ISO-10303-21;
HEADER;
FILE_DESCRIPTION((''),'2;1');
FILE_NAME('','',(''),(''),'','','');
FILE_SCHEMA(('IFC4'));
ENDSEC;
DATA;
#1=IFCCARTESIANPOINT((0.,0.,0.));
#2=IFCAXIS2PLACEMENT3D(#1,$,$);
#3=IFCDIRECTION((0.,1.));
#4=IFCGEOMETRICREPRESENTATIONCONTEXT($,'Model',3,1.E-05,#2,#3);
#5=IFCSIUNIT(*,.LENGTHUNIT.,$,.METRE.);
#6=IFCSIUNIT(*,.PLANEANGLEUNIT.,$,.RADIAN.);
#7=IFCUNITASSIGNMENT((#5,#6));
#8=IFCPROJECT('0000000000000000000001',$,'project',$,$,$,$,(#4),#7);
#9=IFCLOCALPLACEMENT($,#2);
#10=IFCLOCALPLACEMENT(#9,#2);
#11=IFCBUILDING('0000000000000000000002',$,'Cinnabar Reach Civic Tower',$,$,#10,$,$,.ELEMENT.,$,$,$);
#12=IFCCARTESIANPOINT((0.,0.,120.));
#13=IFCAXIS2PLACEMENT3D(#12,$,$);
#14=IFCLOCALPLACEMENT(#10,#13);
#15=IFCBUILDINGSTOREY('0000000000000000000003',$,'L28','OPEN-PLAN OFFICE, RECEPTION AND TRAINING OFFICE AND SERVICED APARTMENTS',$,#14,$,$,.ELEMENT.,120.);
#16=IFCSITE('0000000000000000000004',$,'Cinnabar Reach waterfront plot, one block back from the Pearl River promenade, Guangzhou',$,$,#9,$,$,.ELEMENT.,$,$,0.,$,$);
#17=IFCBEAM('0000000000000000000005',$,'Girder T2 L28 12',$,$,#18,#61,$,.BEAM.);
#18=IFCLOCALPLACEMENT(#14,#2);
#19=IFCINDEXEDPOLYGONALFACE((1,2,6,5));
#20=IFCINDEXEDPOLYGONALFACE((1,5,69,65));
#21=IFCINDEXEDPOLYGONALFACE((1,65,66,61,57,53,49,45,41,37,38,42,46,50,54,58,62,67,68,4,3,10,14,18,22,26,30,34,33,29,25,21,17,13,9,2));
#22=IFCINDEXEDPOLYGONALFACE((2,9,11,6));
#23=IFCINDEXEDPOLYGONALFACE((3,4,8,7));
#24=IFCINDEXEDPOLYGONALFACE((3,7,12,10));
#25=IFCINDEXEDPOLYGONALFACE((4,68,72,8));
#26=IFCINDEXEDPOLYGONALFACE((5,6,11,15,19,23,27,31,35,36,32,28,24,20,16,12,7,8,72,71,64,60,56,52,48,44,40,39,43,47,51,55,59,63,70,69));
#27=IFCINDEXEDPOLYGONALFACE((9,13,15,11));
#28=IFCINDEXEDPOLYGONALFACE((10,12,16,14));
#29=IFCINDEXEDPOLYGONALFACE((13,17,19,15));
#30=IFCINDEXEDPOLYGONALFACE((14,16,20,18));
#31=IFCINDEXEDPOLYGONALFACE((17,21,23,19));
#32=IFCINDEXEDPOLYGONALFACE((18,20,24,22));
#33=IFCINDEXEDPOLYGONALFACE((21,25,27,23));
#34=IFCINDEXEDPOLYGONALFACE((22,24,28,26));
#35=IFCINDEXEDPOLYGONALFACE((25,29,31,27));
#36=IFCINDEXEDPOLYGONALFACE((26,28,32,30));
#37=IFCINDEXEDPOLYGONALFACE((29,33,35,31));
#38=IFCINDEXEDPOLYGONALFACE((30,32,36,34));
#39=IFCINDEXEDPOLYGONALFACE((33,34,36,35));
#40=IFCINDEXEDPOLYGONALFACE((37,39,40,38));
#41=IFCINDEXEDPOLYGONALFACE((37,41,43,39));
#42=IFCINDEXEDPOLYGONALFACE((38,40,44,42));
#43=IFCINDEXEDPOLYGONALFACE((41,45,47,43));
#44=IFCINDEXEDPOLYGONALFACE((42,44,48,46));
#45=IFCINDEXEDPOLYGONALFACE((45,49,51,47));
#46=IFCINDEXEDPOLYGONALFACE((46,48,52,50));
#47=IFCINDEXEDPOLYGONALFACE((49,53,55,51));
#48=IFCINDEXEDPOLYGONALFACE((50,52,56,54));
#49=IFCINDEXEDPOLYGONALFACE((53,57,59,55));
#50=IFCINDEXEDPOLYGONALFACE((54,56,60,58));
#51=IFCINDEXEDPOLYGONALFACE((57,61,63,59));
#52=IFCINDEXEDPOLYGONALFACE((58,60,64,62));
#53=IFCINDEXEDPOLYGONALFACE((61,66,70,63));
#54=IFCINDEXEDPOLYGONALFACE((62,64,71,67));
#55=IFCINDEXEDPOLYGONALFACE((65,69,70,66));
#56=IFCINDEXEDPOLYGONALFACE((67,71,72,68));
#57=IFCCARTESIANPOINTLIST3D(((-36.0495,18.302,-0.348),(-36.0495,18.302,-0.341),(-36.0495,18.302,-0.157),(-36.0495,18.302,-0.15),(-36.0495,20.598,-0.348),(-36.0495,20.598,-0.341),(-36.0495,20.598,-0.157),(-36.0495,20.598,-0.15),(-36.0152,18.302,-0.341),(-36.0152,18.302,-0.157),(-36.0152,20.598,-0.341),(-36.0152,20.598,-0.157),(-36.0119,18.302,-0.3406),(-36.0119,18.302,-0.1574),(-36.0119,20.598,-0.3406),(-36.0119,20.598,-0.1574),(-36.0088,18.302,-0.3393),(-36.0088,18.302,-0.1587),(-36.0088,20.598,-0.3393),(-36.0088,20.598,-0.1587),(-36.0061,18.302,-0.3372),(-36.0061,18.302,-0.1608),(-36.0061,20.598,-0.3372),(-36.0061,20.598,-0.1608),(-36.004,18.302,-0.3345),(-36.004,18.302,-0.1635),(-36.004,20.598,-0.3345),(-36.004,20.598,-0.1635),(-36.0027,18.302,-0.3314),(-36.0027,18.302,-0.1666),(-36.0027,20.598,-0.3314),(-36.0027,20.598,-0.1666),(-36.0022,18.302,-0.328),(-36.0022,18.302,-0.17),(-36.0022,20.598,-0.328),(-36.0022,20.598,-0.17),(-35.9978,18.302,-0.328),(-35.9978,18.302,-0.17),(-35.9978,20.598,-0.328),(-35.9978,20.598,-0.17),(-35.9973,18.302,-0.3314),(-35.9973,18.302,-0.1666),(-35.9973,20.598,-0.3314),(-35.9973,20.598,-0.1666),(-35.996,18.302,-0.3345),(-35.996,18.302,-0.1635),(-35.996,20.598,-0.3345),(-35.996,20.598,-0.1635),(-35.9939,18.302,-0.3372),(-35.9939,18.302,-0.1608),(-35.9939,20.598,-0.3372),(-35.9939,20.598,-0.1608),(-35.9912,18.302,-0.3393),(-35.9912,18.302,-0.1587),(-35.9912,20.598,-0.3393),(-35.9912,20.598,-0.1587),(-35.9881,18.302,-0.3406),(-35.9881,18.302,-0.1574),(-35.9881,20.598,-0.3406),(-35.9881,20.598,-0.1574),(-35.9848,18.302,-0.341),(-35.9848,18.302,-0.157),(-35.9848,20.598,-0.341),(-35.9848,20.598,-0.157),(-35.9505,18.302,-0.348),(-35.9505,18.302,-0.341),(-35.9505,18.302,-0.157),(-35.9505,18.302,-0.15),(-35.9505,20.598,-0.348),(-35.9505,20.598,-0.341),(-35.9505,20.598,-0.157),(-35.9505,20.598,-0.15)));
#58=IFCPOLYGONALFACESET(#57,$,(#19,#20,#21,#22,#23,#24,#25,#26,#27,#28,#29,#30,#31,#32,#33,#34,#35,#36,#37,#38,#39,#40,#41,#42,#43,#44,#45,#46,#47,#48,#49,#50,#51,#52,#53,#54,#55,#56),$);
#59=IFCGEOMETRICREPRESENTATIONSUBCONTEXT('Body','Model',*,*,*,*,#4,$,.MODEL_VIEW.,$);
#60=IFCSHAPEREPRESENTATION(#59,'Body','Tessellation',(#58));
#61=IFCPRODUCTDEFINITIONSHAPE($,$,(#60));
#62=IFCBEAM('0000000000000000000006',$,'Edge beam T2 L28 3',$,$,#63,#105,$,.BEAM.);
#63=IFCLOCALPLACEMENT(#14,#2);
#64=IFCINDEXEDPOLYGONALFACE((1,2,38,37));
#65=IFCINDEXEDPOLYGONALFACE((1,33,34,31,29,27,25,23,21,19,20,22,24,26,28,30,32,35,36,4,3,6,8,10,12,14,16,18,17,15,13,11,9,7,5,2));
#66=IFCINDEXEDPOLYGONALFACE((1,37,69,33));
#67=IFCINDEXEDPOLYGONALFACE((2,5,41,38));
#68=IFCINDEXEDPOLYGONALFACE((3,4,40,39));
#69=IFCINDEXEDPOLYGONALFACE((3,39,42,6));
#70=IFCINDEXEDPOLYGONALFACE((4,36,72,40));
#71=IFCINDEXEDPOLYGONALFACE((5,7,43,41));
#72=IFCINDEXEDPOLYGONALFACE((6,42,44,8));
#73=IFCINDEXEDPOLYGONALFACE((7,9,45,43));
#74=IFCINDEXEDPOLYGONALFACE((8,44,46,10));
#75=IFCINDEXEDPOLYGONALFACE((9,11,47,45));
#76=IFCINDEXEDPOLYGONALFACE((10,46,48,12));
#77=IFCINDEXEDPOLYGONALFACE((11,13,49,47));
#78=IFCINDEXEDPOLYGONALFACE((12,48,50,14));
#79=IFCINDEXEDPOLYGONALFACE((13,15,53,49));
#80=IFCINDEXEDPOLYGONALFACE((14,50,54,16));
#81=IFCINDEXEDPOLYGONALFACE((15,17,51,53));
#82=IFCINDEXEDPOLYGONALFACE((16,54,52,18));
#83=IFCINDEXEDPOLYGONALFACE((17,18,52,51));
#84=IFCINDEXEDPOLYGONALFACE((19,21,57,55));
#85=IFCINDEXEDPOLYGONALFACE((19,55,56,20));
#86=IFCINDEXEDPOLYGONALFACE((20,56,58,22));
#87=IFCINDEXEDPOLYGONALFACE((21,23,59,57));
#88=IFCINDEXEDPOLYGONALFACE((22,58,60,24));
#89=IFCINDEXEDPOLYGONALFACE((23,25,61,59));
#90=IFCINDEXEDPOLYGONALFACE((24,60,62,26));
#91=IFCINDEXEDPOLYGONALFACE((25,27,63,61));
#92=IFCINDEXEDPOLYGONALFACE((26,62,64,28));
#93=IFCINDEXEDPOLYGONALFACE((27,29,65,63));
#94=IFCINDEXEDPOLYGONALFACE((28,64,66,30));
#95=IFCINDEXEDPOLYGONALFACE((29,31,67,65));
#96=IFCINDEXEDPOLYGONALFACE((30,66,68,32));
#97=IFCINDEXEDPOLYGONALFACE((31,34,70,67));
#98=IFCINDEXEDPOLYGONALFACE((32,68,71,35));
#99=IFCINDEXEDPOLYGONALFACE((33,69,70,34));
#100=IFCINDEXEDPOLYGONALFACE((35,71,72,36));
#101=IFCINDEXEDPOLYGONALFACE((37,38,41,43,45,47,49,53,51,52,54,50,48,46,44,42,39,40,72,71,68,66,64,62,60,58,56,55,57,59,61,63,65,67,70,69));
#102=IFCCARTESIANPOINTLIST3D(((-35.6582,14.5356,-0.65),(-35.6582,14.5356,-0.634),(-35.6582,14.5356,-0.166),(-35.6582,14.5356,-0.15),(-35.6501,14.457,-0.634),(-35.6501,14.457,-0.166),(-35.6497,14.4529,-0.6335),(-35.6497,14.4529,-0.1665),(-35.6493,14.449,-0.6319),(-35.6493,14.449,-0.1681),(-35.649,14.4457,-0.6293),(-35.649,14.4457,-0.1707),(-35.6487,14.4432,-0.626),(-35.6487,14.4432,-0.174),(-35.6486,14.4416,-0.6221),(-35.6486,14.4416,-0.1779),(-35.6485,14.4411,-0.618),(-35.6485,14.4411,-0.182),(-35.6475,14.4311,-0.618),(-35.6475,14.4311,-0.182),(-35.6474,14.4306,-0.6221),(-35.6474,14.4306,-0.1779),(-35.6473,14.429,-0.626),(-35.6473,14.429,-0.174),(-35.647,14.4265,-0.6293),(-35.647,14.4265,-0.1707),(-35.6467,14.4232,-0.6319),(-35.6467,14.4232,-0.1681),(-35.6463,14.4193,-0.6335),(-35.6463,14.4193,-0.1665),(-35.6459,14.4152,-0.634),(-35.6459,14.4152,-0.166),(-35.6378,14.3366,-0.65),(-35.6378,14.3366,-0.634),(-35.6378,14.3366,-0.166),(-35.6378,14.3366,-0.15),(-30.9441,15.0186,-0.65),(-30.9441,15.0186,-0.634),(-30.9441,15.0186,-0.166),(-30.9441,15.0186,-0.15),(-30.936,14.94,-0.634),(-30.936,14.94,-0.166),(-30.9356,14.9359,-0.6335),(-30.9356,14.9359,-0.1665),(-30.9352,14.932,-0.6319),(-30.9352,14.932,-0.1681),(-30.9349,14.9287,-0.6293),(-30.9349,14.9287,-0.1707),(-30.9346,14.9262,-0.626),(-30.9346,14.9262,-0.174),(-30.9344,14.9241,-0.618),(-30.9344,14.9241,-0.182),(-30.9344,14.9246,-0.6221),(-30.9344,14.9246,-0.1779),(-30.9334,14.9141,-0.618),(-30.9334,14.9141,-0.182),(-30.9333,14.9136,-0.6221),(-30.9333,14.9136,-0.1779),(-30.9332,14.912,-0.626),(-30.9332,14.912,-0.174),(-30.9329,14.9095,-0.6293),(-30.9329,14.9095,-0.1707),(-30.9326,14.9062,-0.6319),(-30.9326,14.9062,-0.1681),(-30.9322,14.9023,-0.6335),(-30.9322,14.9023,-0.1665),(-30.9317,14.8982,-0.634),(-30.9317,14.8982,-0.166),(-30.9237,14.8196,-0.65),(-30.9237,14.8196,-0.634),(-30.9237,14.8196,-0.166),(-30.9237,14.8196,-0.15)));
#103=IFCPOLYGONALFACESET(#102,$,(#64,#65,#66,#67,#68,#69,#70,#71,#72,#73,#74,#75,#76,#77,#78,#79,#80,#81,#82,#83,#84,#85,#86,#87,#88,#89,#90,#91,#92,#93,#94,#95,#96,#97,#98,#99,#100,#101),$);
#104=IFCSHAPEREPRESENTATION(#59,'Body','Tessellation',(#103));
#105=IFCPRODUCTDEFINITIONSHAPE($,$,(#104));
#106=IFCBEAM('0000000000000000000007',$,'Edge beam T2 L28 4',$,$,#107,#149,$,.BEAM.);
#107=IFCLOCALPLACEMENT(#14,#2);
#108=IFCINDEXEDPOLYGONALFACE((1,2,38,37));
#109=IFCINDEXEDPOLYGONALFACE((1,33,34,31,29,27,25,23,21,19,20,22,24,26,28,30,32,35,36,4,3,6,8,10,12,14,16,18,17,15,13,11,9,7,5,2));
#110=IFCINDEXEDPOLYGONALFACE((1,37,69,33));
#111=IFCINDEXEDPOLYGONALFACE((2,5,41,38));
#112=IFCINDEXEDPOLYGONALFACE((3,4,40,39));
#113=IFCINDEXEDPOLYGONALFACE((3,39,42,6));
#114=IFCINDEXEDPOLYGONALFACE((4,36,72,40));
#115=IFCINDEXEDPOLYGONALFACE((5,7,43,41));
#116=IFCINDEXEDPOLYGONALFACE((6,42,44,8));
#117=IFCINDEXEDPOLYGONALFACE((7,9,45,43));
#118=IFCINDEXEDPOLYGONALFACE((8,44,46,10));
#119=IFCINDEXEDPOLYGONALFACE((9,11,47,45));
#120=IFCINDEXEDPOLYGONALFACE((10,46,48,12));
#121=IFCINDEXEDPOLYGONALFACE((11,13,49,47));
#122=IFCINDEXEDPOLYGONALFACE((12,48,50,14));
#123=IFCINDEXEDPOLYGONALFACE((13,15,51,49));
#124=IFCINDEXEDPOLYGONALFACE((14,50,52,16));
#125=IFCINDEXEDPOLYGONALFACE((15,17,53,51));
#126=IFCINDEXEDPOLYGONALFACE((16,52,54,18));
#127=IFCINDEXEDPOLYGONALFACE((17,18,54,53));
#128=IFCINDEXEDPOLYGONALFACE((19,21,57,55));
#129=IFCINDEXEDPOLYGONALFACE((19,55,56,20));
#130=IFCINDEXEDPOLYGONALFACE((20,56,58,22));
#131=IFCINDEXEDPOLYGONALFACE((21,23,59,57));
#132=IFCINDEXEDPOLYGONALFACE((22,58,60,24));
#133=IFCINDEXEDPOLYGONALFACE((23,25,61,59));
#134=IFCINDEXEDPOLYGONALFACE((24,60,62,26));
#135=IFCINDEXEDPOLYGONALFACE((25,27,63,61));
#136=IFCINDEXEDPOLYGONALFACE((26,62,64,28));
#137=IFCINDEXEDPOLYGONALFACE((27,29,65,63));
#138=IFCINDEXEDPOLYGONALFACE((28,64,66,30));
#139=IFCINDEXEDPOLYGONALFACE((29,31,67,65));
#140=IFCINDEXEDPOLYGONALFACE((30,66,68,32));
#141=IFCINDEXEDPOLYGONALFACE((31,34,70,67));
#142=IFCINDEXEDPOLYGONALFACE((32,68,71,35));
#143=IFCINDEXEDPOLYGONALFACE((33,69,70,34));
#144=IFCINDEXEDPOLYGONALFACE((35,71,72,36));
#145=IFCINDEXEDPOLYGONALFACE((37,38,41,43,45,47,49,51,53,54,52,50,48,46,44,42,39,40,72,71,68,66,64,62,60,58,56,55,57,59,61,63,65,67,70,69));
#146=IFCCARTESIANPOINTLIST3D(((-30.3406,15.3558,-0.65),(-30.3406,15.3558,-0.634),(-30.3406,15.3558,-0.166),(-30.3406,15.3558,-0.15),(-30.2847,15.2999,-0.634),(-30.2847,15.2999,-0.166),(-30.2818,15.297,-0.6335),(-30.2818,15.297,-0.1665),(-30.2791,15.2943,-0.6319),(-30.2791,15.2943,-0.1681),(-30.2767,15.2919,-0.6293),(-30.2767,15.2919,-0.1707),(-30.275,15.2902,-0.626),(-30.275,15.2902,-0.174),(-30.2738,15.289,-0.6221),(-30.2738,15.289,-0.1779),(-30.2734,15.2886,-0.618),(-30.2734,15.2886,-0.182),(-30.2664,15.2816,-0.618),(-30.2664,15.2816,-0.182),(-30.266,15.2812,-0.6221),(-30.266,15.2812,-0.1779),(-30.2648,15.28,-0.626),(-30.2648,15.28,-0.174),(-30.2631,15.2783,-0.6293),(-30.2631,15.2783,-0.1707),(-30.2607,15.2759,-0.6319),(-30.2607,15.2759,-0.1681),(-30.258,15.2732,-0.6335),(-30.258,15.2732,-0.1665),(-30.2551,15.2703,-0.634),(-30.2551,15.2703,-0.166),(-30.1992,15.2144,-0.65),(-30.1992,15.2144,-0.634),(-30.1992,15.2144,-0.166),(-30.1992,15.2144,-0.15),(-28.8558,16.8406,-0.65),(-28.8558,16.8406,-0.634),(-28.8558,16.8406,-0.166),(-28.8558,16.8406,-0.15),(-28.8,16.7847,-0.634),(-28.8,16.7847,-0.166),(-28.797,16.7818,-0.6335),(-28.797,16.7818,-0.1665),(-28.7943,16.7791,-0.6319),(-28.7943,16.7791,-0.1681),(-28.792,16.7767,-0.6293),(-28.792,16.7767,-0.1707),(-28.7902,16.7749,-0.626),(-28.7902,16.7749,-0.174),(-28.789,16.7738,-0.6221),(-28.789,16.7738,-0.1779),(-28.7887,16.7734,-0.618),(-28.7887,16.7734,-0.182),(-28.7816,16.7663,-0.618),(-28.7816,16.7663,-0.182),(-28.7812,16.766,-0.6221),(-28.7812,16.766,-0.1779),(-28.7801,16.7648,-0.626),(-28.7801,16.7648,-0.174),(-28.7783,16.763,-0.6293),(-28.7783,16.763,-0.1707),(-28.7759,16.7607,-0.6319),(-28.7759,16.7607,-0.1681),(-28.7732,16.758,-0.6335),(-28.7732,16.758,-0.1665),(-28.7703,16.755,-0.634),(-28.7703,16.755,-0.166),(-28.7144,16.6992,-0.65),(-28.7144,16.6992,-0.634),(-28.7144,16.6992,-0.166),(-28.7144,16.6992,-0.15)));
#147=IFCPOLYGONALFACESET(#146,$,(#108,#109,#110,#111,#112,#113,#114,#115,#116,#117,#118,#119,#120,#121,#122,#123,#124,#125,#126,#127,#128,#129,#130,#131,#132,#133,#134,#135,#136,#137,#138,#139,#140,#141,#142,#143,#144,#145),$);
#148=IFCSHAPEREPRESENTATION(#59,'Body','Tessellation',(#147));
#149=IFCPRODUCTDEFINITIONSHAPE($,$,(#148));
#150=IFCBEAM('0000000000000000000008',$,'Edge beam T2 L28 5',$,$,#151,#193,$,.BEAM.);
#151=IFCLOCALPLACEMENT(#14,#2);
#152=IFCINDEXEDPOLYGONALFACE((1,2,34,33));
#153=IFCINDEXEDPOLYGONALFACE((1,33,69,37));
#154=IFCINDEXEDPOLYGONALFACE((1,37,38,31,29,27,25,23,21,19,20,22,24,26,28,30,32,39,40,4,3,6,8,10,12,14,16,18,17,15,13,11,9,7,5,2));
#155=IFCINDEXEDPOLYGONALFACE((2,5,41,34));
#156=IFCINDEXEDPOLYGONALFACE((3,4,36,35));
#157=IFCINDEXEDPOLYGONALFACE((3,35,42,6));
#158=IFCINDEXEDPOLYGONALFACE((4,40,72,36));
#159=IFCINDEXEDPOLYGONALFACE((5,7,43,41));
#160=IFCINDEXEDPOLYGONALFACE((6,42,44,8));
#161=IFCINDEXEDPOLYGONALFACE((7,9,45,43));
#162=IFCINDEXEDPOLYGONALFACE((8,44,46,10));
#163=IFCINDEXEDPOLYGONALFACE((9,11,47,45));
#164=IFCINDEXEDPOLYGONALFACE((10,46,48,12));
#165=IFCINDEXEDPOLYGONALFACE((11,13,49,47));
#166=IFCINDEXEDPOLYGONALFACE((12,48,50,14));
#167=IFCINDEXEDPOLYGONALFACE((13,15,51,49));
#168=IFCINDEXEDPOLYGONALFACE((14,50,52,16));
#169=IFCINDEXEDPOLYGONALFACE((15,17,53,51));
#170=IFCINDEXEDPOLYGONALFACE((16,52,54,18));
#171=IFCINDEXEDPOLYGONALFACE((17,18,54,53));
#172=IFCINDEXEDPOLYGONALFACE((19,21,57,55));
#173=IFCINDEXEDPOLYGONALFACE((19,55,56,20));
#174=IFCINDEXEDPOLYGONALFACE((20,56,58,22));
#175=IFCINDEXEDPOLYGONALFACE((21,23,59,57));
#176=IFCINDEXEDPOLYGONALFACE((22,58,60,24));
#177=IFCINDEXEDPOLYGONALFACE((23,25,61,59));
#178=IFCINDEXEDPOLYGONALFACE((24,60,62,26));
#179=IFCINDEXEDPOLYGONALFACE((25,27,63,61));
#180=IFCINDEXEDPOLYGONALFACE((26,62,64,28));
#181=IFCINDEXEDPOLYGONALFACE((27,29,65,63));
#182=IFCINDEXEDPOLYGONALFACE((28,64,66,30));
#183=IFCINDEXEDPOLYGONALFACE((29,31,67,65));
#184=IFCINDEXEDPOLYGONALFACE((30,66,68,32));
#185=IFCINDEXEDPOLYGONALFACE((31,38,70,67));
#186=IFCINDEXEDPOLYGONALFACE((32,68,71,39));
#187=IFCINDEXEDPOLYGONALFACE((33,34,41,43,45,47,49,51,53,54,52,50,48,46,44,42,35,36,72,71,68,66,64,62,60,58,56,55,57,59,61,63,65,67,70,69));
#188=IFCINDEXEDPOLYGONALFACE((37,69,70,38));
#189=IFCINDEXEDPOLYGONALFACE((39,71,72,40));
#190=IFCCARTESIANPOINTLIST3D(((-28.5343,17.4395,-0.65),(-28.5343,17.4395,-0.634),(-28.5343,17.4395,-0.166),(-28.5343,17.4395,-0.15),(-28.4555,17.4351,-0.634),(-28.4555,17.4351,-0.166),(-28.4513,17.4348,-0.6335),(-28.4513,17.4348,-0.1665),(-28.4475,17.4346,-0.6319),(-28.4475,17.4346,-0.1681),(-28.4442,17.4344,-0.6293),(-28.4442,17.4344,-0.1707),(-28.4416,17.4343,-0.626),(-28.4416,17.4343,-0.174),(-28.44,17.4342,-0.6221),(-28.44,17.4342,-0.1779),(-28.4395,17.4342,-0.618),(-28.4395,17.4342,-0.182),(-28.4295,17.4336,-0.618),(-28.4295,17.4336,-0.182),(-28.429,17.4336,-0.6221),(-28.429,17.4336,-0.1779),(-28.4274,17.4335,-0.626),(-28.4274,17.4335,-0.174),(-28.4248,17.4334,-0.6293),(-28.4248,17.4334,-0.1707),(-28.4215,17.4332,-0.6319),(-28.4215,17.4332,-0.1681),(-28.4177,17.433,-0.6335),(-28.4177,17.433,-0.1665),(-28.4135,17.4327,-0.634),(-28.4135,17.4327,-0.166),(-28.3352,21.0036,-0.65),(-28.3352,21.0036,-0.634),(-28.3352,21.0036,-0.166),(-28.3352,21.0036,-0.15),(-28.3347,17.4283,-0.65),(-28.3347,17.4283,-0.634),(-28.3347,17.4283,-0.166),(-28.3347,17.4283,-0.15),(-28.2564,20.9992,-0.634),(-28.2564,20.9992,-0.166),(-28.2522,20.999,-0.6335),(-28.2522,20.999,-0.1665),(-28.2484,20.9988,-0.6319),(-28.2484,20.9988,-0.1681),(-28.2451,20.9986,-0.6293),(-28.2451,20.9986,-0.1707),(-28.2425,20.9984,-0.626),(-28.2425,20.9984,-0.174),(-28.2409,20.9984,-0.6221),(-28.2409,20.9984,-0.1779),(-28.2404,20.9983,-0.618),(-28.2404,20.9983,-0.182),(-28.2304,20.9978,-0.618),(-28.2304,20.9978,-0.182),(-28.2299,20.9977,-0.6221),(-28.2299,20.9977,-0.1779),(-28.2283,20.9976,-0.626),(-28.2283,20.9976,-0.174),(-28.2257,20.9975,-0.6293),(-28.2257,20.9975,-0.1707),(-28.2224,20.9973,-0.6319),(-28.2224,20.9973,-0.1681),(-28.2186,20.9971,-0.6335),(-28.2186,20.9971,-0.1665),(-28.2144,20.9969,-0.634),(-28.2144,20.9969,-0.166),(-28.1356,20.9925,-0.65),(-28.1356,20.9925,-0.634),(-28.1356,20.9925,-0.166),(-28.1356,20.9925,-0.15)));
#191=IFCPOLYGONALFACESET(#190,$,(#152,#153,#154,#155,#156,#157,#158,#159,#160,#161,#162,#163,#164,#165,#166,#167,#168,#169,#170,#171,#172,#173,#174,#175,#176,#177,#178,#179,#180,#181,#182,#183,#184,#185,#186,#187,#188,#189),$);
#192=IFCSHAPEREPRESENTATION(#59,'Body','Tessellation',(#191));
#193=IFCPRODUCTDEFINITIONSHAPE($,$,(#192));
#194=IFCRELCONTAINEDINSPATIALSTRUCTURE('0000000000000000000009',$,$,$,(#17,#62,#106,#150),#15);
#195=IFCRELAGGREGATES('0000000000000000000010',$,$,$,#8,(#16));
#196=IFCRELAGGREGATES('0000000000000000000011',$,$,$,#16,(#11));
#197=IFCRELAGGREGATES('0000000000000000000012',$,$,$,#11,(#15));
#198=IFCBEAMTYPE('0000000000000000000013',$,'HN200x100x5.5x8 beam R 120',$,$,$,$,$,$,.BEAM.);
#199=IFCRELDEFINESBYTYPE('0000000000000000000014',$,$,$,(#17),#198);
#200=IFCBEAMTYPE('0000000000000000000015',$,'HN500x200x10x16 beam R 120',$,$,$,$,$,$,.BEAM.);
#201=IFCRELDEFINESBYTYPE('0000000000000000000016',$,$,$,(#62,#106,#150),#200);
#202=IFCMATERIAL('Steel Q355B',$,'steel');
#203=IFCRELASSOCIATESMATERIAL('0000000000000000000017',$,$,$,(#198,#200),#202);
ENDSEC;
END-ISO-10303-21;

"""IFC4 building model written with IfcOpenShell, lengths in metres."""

from ifc_helpers import new_model, si_unit, direction, frame, origin, origin_2d, place, context, subcontext, project, spatial, i_section, extrude, material, material_profile, profile_set, type_object, element, save


model = new_model("IFC4")

# Units and contexts
model_context = context("Model", 3, precision=1e-05, world=origin(), true_north=direction((0.0, 1.0)))
body_context = subcontext(model_context, "Body", "Model", "MODEL_VIEW")
ifc_project = project(units=[si_unit("LENGTHUNIT", "METRE"), si_unit("PLANEANGLEUNIT", "RADIAN")], contexts=[model_context])

# Site, building, storey
site_placement = place(None, origin())
site = spatial("IfcSite", under=ifc_project, at=site_placement, Name="Cinnabar Reach waterfront plot, one block back from the Pearl River promenade, Guangzhou", CompositionType="ELEMENT", RefElevation=0.0)
building_placement = place(site_placement, origin())
building = spatial("IfcBuilding", under=site, at=building_placement, Name="Cinnabar Reach Civic Tower", CompositionType="ELEMENT")
storey_placement = place(building_placement, frame((0.0, 0.0, 120.0)))
storey = spatial("IfcBuildingStorey", under=building, at=storey_placement, Name="L28", Description="OPEN-PLAN OFFICE, RECEPTION AND TRAINING OFFICE AND SERVICED APARTMENTS", CompositionType="ELEMENT", Elevation=120.0)

# Beams
ifc_material_1 = material(Name="Steel Q355B", Category="steel")
ifc_material_profile_1 = material_profile(ifc_material_1, i_section(OverallWidth=0.099, OverallDepth=0.198, WebThickness=0.0045, FlangeThickness=0.007, FilletRadius=0.013, at=origin_2d()), Name="HN200x100x5.5x8")
ifc_profile_set_1 = profile_set([ifc_material_profile_1], Name="Steel Q355B")
beam_type_1 = type_object("IfcBeamType", Name="HN200x100x5.5x8 beam R 120", PredefinedType="BEAM", material=ifc_profile_set_1)
beam_1_placement = place(storey_placement, frame((-36.0, 18.302, -0.249), z_axis=(0.0, 1.0, 0.0), x_axis=(-1.0, 0.0, 0.0)))
element("IfcBeam", 1, at=beam_1_placement, inside=storey, type_object=beam_type_1, Name="Girder T2 L28 12", PredefinedType="BEAM", context=body_context, shape_type="SweptSolid", body=[
    extrude(i_section(OverallWidth=0.099, OverallDepth=0.198, WebThickness=0.0045, FlangeThickness=0.007, FilletRadius=0.013, at=origin_2d()), origin(), (0.0, 0.0, 1.0), 2.296),
])
ifc_material_profile_2 = material_profile(ifc_material_1, i_section(OverallWidth=0.2, OverallDepth=0.5, WebThickness=0.01, FlangeThickness=0.016, FilletRadius=0.016, at=origin_2d()), Name="HN500x200x10x16")
ifc_profile_set_2 = profile_set([ifc_material_profile_2], Name="Steel Q355B")
beam_type_2 = type_object("IfcBeamType", Name="HN500x200x10x16 beam R 120", PredefinedType="BEAM", material=ifc_profile_set_2)
beam_2_placement = place(storey_placement, frame((-35.648, 14.4361, -0.4), z_axis=(0.994792, 0.101925, 0.0), x_axis=(-0.101925, 0.994792, 0.0)))
element("IfcBeam", 2, at=beam_2_placement, inside=storey, type_object=beam_type_2, Name="Edge beam T2 L28 3", PredefinedType="BEAM", context=body_context, shape_type="SweptSolid", body=[
    extrude(i_section(OverallWidth=0.2, OverallDepth=0.5, WebThickness=0.01, FlangeThickness=0.016, FilletRadius=0.016, at=origin_2d()), origin(), (0.0, 0.0, 1.0), 4.7388),
])
beam_3_placement = place(storey_placement, frame((-30.2699, 15.2851, -0.4), z_axis=(0.707107, 0.707107, 0.0), x_axis=(-0.707107, 0.707107, 0.0)))
element("IfcBeam", 3, at=beam_3_placement, inside=storey, type_object=beam_type_2, Name="Edge beam T2 L28 4", PredefinedType="BEAM", context=body_context, shape_type="SweptSolid", body=[
    extrude(i_section(OverallWidth=0.2, OverallDepth=0.5, WebThickness=0.01, FlangeThickness=0.016, FilletRadius=0.016, at=origin_2d()), origin(), (0.0, 0.0, 1.0), 2.0998),
])
beam_4_placement = place(storey_placement, frame((-28.4345, 17.4339, -0.4), z_axis=(0.055776, 0.998443, 0.0), x_axis=(-0.998443, 0.055776, 0.0)))
element("IfcBeam", 4, at=beam_4_placement, inside=storey, type_object=beam_type_2, Name="Edge beam T2 L28 5", PredefinedType="BEAM", context=body_context, shape_type="SweptSolid", body=[
    extrude(i_section(OverallWidth=0.2, OverallDepth=0.5, WebThickness=0.01, FlangeThickness=0.016, FilletRadius=0.016, at=origin_2d()), origin(), (0.0, 0.0, 1.0), 3.5697),
])

save(model, "model.ifc")
